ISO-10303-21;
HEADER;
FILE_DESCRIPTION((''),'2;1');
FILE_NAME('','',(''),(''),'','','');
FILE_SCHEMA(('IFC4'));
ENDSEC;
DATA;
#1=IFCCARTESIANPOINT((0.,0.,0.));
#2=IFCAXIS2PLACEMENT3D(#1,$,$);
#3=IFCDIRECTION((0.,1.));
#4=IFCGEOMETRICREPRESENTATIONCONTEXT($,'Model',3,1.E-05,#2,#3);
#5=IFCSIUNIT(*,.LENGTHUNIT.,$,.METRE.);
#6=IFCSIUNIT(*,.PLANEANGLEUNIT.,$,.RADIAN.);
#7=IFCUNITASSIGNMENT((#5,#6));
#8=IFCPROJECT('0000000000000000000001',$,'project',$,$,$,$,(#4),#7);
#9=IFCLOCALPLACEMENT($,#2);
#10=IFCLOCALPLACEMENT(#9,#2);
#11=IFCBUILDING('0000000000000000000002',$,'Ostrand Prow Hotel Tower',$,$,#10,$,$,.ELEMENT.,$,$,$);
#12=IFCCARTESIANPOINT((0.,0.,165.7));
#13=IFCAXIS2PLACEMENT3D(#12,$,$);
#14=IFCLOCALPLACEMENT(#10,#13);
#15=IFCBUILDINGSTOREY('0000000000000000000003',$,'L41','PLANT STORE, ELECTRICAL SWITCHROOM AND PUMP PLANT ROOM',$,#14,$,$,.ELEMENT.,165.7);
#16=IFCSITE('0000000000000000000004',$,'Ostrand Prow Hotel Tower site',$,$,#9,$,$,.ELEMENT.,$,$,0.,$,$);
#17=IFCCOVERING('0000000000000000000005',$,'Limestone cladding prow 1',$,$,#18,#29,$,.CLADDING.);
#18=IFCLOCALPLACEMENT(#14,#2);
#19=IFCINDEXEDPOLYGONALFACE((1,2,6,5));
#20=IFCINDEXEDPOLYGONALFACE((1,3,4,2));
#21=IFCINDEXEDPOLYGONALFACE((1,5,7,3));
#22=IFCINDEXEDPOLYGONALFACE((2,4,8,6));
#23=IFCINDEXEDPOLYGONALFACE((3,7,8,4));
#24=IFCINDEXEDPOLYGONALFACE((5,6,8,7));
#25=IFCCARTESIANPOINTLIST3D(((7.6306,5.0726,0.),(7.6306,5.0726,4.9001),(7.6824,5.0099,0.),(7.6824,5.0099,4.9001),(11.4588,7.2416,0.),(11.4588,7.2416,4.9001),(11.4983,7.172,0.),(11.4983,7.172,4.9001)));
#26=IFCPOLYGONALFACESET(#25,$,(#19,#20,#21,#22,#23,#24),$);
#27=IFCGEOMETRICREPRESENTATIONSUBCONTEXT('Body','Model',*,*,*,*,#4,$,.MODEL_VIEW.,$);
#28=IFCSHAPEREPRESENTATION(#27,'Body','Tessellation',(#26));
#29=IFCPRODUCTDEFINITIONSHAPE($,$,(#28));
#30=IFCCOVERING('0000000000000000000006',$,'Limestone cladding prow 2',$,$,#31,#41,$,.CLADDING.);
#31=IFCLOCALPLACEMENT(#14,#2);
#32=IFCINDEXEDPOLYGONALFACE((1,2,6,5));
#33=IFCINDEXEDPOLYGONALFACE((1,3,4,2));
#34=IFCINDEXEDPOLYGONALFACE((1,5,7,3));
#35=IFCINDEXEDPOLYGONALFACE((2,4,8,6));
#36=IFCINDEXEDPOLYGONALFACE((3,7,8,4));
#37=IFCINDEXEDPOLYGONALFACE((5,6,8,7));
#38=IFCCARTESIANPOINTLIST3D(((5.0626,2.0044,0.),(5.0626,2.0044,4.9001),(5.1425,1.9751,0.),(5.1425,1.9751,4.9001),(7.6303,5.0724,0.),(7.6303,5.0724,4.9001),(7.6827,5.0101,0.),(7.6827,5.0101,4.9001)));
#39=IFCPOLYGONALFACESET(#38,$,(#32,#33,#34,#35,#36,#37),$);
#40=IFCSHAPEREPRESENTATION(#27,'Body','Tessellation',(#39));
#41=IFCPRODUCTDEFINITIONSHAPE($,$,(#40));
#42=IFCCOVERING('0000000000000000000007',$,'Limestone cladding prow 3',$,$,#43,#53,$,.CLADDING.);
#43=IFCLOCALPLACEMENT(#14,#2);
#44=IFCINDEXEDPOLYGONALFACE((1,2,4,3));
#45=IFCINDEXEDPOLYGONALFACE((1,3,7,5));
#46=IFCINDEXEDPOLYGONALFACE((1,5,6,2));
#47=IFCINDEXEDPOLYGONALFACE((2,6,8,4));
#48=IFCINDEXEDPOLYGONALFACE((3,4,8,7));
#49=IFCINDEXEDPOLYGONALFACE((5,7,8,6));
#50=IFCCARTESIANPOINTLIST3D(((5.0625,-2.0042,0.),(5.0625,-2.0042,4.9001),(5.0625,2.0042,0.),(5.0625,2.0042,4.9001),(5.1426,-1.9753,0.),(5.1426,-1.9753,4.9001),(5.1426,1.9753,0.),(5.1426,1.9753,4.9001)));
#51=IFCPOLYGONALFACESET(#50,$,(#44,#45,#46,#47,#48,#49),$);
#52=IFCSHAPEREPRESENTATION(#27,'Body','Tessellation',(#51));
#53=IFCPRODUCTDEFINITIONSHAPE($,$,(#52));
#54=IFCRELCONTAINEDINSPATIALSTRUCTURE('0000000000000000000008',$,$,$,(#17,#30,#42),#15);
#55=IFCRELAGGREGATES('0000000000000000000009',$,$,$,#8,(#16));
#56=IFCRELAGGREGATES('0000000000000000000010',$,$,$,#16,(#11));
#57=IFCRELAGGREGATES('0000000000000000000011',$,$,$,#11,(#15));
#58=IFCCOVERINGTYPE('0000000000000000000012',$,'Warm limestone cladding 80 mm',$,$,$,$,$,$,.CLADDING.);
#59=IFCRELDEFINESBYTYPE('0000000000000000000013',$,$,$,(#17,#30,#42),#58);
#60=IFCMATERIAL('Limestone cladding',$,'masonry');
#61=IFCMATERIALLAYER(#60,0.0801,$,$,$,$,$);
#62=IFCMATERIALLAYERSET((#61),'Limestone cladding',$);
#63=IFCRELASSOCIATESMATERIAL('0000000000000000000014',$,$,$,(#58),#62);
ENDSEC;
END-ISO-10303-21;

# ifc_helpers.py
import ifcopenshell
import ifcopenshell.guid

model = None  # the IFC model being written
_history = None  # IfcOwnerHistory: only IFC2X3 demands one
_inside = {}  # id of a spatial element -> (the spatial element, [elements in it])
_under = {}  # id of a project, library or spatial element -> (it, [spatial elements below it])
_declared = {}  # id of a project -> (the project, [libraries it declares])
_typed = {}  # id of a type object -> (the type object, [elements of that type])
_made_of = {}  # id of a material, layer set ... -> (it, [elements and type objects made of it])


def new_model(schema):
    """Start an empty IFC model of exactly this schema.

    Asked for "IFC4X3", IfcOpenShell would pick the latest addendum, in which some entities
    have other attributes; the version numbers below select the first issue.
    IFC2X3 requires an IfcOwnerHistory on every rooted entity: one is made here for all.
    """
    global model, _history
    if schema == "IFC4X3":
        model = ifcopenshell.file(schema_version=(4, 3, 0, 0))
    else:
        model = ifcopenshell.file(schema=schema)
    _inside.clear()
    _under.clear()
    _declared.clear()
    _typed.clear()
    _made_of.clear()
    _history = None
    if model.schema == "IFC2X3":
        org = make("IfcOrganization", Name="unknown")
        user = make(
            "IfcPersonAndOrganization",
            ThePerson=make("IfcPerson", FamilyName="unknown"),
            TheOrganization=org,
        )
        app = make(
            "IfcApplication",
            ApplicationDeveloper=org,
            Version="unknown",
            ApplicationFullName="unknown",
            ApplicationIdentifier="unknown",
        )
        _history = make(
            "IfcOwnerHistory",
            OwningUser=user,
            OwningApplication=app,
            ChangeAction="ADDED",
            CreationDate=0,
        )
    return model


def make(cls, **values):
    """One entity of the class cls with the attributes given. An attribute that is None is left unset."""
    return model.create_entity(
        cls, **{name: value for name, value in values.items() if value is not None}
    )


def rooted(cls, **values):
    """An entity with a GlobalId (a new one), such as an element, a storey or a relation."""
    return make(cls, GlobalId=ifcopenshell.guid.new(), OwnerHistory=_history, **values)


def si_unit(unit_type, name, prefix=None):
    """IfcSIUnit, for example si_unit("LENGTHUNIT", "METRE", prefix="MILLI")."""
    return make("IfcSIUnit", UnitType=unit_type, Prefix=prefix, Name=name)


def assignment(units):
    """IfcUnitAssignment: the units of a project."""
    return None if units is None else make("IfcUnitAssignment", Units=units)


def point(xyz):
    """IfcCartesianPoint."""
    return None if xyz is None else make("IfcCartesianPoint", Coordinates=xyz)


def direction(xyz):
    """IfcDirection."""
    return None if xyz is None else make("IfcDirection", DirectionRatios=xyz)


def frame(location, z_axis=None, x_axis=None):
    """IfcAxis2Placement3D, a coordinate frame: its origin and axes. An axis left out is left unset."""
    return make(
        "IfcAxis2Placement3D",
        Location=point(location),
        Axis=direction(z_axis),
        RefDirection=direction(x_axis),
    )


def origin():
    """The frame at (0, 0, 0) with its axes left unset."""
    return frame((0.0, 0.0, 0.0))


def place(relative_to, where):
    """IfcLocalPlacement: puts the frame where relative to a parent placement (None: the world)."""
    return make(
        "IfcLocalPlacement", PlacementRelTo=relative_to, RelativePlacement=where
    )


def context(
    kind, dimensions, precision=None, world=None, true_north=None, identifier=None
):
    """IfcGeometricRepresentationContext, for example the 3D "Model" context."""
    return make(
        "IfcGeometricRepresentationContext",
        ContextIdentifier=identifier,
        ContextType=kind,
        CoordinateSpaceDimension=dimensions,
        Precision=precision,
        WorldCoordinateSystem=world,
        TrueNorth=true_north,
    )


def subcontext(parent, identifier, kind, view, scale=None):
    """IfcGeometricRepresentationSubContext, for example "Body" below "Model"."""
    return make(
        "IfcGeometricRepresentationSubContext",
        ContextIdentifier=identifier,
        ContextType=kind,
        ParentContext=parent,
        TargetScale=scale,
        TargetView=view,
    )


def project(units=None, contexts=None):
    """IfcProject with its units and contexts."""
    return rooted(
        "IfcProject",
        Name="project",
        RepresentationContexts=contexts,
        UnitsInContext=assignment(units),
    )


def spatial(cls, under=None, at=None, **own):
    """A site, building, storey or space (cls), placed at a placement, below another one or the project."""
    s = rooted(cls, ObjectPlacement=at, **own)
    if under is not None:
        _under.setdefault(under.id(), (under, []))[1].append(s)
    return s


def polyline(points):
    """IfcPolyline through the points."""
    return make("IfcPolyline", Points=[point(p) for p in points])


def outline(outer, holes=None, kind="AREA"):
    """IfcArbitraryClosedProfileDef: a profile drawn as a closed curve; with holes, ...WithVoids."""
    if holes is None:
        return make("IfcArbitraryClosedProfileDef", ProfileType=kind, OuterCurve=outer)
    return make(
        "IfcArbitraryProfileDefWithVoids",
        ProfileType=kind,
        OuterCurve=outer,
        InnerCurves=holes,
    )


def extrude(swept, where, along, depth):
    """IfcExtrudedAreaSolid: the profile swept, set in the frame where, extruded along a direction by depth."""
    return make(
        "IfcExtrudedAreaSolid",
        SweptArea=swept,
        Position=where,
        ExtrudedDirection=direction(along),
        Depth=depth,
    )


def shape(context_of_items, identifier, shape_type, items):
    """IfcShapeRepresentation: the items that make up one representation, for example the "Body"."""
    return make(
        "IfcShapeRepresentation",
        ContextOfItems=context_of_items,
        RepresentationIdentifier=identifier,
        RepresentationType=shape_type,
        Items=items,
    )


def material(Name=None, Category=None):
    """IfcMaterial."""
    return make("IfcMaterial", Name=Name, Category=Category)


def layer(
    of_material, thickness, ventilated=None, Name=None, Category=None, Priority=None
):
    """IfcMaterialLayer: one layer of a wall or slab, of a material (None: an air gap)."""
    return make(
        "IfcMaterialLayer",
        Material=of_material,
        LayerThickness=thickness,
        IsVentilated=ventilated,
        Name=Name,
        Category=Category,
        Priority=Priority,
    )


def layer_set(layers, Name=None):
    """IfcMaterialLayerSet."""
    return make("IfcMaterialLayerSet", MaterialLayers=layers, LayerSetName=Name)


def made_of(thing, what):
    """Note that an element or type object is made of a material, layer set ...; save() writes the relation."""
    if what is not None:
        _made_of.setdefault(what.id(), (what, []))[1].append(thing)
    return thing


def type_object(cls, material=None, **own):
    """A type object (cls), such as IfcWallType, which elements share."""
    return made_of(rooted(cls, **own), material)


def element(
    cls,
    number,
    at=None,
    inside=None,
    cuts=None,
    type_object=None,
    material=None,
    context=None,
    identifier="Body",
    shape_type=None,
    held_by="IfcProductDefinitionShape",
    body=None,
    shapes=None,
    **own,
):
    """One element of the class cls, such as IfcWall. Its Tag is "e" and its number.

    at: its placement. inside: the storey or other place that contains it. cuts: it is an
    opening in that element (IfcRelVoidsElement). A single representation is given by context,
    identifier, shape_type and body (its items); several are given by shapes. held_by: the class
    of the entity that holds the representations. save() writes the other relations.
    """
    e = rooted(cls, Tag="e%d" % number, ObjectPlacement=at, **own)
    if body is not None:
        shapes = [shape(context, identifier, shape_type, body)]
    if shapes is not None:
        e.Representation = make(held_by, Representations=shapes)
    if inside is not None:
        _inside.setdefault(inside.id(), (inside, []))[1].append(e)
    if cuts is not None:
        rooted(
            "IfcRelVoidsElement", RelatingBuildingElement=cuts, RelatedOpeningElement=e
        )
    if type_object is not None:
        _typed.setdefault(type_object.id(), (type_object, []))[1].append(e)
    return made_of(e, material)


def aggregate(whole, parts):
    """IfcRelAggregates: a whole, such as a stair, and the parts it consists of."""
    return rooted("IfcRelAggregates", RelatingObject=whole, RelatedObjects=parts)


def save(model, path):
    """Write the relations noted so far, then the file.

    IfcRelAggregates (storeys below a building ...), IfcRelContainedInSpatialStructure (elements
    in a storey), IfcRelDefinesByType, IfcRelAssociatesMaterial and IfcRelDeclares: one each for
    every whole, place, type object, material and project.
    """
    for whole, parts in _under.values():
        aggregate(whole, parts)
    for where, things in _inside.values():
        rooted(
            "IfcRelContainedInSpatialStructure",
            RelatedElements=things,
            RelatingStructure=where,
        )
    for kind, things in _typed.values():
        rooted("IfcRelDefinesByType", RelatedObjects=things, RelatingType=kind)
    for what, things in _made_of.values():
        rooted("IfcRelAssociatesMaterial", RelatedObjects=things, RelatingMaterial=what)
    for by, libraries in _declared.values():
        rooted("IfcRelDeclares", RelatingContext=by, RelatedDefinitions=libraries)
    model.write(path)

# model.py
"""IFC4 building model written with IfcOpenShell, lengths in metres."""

from ifc_helpers import new_model, si_unit, direction, frame, origin, place, context, subcontext, project, spatial, polyline, outline, extrude, material, layer, layer_set, type_object, element, save


model = new_model("IFC4")

# Units and contexts
model_context = context("Model", 3, precision=1e-05, world=origin(), true_north=direction((0.0, 1.0)))
body_context = subcontext(model_context, "Body", "Model", "MODEL_VIEW")
ifc_project = project(units=[si_unit("LENGTHUNIT", "METRE"), si_unit("PLANEANGLEUNIT", "RADIAN")], contexts=[model_context])

# Site, building, storey
site_placement = place(None, origin())
site = spatial("IfcSite", under=ifc_project, at=site_placement, Name="Ostrand Prow Hotel Tower site", CompositionType="ELEMENT", RefElevation=0.0)
building_placement = place(site_placement, origin())
building = spatial("IfcBuilding", under=site, at=building_placement, Name="Ostrand Prow Hotel Tower", CompositionType="ELEMENT")
storey_placement = place(building_placement, frame((0.0, 0.0, 165.7)))
storey = spatial("IfcBuildingStorey", under=building, at=storey_placement, Name="L41", Description="PLANT STORE, ELECTRICAL SWITCHROOM AND PUMP PLANT ROOM", CompositionType="ELEMENT", Elevation=165.7)

# Coverings
ifc_material_1 = material(Name="Limestone cladding", Category="masonry")
ifc_layer_1 = layer(ifc_material_1, 0.0801)
ifc_layer_set_1 = layer_set([ifc_layer_1], Name="Limestone cladding")
covering_type_1 = type_object("IfcCoveringType", Name="Warm limestone cladding 80 mm", PredefinedType="CLADDING", material=ifc_layer_set_1)
covering_1_placement = place(storey_placement, frame((11.4785, 7.2068, 0.0), z_axis=(0.0, 0.0, 1.0), x_axis=(-0.87005, -0.492963, 0.0)))
element("IfcCovering", 1, at=covering_1_placement, inside=storey, type_object=covering_type_1, Name="Limestone cladding prow 1", PredefinedType="CLADDING", context=body_context, shape_type="SweptSolid", body=[
    extrude(outline(polyline([(0.0, -0.04), (4.3999, -0.04), (4.3857, 0.04), (0.0, 0.04), (0.0, -0.04)])), origin(), (0.0, 0.0, 1.0), 4.9001),
])
covering_2_placement = place(storey_placement, frame((7.6565, 5.0413, 0.0), z_axis=(0.0, 0.0, 1.0), x_axis=(-0.641818, -0.766857, 0.0)))
element("IfcCovering", 2, at=covering_2_placement, inside=storey, type_object=covering_type_1, Name="Limestone cladding prow 2", PredefinedType="CLADDING", context=body_context, shape_type="SweptSolid", body=[
    extrude(outline(polyline([(-0.0071, -0.04), (3.9937, -0.04), (3.9648, 0.04), (0.0071, 0.04), (-0.0071, -0.04)])), origin(), (0.0, 0.0, 1.0), 4.9001),
])
covering_3_placement = place(storey_placement, frame((5.1025, 1.9897, 0.0), z_axis=(0.0, 0.0, 1.0), x_axis=(0.0, -1.0, 0.0)))
element("IfcCovering", 3, at=covering_3_placement, inside=storey, type_object=covering_type_1, Name="Limestone cladding prow 3", PredefinedType="CLADDING", context=body_context, shape_type="SweptSolid", body=[
    extrude(outline(polyline([(-0.0144, -0.04), (3.9939, -0.04), (3.9651, 0.04), (0.0144, 0.04), (-0.0144, -0.04)])), origin(), (0.0, 0.0, 1.0), 4.9001),
])

save(model, "model.ifc")
